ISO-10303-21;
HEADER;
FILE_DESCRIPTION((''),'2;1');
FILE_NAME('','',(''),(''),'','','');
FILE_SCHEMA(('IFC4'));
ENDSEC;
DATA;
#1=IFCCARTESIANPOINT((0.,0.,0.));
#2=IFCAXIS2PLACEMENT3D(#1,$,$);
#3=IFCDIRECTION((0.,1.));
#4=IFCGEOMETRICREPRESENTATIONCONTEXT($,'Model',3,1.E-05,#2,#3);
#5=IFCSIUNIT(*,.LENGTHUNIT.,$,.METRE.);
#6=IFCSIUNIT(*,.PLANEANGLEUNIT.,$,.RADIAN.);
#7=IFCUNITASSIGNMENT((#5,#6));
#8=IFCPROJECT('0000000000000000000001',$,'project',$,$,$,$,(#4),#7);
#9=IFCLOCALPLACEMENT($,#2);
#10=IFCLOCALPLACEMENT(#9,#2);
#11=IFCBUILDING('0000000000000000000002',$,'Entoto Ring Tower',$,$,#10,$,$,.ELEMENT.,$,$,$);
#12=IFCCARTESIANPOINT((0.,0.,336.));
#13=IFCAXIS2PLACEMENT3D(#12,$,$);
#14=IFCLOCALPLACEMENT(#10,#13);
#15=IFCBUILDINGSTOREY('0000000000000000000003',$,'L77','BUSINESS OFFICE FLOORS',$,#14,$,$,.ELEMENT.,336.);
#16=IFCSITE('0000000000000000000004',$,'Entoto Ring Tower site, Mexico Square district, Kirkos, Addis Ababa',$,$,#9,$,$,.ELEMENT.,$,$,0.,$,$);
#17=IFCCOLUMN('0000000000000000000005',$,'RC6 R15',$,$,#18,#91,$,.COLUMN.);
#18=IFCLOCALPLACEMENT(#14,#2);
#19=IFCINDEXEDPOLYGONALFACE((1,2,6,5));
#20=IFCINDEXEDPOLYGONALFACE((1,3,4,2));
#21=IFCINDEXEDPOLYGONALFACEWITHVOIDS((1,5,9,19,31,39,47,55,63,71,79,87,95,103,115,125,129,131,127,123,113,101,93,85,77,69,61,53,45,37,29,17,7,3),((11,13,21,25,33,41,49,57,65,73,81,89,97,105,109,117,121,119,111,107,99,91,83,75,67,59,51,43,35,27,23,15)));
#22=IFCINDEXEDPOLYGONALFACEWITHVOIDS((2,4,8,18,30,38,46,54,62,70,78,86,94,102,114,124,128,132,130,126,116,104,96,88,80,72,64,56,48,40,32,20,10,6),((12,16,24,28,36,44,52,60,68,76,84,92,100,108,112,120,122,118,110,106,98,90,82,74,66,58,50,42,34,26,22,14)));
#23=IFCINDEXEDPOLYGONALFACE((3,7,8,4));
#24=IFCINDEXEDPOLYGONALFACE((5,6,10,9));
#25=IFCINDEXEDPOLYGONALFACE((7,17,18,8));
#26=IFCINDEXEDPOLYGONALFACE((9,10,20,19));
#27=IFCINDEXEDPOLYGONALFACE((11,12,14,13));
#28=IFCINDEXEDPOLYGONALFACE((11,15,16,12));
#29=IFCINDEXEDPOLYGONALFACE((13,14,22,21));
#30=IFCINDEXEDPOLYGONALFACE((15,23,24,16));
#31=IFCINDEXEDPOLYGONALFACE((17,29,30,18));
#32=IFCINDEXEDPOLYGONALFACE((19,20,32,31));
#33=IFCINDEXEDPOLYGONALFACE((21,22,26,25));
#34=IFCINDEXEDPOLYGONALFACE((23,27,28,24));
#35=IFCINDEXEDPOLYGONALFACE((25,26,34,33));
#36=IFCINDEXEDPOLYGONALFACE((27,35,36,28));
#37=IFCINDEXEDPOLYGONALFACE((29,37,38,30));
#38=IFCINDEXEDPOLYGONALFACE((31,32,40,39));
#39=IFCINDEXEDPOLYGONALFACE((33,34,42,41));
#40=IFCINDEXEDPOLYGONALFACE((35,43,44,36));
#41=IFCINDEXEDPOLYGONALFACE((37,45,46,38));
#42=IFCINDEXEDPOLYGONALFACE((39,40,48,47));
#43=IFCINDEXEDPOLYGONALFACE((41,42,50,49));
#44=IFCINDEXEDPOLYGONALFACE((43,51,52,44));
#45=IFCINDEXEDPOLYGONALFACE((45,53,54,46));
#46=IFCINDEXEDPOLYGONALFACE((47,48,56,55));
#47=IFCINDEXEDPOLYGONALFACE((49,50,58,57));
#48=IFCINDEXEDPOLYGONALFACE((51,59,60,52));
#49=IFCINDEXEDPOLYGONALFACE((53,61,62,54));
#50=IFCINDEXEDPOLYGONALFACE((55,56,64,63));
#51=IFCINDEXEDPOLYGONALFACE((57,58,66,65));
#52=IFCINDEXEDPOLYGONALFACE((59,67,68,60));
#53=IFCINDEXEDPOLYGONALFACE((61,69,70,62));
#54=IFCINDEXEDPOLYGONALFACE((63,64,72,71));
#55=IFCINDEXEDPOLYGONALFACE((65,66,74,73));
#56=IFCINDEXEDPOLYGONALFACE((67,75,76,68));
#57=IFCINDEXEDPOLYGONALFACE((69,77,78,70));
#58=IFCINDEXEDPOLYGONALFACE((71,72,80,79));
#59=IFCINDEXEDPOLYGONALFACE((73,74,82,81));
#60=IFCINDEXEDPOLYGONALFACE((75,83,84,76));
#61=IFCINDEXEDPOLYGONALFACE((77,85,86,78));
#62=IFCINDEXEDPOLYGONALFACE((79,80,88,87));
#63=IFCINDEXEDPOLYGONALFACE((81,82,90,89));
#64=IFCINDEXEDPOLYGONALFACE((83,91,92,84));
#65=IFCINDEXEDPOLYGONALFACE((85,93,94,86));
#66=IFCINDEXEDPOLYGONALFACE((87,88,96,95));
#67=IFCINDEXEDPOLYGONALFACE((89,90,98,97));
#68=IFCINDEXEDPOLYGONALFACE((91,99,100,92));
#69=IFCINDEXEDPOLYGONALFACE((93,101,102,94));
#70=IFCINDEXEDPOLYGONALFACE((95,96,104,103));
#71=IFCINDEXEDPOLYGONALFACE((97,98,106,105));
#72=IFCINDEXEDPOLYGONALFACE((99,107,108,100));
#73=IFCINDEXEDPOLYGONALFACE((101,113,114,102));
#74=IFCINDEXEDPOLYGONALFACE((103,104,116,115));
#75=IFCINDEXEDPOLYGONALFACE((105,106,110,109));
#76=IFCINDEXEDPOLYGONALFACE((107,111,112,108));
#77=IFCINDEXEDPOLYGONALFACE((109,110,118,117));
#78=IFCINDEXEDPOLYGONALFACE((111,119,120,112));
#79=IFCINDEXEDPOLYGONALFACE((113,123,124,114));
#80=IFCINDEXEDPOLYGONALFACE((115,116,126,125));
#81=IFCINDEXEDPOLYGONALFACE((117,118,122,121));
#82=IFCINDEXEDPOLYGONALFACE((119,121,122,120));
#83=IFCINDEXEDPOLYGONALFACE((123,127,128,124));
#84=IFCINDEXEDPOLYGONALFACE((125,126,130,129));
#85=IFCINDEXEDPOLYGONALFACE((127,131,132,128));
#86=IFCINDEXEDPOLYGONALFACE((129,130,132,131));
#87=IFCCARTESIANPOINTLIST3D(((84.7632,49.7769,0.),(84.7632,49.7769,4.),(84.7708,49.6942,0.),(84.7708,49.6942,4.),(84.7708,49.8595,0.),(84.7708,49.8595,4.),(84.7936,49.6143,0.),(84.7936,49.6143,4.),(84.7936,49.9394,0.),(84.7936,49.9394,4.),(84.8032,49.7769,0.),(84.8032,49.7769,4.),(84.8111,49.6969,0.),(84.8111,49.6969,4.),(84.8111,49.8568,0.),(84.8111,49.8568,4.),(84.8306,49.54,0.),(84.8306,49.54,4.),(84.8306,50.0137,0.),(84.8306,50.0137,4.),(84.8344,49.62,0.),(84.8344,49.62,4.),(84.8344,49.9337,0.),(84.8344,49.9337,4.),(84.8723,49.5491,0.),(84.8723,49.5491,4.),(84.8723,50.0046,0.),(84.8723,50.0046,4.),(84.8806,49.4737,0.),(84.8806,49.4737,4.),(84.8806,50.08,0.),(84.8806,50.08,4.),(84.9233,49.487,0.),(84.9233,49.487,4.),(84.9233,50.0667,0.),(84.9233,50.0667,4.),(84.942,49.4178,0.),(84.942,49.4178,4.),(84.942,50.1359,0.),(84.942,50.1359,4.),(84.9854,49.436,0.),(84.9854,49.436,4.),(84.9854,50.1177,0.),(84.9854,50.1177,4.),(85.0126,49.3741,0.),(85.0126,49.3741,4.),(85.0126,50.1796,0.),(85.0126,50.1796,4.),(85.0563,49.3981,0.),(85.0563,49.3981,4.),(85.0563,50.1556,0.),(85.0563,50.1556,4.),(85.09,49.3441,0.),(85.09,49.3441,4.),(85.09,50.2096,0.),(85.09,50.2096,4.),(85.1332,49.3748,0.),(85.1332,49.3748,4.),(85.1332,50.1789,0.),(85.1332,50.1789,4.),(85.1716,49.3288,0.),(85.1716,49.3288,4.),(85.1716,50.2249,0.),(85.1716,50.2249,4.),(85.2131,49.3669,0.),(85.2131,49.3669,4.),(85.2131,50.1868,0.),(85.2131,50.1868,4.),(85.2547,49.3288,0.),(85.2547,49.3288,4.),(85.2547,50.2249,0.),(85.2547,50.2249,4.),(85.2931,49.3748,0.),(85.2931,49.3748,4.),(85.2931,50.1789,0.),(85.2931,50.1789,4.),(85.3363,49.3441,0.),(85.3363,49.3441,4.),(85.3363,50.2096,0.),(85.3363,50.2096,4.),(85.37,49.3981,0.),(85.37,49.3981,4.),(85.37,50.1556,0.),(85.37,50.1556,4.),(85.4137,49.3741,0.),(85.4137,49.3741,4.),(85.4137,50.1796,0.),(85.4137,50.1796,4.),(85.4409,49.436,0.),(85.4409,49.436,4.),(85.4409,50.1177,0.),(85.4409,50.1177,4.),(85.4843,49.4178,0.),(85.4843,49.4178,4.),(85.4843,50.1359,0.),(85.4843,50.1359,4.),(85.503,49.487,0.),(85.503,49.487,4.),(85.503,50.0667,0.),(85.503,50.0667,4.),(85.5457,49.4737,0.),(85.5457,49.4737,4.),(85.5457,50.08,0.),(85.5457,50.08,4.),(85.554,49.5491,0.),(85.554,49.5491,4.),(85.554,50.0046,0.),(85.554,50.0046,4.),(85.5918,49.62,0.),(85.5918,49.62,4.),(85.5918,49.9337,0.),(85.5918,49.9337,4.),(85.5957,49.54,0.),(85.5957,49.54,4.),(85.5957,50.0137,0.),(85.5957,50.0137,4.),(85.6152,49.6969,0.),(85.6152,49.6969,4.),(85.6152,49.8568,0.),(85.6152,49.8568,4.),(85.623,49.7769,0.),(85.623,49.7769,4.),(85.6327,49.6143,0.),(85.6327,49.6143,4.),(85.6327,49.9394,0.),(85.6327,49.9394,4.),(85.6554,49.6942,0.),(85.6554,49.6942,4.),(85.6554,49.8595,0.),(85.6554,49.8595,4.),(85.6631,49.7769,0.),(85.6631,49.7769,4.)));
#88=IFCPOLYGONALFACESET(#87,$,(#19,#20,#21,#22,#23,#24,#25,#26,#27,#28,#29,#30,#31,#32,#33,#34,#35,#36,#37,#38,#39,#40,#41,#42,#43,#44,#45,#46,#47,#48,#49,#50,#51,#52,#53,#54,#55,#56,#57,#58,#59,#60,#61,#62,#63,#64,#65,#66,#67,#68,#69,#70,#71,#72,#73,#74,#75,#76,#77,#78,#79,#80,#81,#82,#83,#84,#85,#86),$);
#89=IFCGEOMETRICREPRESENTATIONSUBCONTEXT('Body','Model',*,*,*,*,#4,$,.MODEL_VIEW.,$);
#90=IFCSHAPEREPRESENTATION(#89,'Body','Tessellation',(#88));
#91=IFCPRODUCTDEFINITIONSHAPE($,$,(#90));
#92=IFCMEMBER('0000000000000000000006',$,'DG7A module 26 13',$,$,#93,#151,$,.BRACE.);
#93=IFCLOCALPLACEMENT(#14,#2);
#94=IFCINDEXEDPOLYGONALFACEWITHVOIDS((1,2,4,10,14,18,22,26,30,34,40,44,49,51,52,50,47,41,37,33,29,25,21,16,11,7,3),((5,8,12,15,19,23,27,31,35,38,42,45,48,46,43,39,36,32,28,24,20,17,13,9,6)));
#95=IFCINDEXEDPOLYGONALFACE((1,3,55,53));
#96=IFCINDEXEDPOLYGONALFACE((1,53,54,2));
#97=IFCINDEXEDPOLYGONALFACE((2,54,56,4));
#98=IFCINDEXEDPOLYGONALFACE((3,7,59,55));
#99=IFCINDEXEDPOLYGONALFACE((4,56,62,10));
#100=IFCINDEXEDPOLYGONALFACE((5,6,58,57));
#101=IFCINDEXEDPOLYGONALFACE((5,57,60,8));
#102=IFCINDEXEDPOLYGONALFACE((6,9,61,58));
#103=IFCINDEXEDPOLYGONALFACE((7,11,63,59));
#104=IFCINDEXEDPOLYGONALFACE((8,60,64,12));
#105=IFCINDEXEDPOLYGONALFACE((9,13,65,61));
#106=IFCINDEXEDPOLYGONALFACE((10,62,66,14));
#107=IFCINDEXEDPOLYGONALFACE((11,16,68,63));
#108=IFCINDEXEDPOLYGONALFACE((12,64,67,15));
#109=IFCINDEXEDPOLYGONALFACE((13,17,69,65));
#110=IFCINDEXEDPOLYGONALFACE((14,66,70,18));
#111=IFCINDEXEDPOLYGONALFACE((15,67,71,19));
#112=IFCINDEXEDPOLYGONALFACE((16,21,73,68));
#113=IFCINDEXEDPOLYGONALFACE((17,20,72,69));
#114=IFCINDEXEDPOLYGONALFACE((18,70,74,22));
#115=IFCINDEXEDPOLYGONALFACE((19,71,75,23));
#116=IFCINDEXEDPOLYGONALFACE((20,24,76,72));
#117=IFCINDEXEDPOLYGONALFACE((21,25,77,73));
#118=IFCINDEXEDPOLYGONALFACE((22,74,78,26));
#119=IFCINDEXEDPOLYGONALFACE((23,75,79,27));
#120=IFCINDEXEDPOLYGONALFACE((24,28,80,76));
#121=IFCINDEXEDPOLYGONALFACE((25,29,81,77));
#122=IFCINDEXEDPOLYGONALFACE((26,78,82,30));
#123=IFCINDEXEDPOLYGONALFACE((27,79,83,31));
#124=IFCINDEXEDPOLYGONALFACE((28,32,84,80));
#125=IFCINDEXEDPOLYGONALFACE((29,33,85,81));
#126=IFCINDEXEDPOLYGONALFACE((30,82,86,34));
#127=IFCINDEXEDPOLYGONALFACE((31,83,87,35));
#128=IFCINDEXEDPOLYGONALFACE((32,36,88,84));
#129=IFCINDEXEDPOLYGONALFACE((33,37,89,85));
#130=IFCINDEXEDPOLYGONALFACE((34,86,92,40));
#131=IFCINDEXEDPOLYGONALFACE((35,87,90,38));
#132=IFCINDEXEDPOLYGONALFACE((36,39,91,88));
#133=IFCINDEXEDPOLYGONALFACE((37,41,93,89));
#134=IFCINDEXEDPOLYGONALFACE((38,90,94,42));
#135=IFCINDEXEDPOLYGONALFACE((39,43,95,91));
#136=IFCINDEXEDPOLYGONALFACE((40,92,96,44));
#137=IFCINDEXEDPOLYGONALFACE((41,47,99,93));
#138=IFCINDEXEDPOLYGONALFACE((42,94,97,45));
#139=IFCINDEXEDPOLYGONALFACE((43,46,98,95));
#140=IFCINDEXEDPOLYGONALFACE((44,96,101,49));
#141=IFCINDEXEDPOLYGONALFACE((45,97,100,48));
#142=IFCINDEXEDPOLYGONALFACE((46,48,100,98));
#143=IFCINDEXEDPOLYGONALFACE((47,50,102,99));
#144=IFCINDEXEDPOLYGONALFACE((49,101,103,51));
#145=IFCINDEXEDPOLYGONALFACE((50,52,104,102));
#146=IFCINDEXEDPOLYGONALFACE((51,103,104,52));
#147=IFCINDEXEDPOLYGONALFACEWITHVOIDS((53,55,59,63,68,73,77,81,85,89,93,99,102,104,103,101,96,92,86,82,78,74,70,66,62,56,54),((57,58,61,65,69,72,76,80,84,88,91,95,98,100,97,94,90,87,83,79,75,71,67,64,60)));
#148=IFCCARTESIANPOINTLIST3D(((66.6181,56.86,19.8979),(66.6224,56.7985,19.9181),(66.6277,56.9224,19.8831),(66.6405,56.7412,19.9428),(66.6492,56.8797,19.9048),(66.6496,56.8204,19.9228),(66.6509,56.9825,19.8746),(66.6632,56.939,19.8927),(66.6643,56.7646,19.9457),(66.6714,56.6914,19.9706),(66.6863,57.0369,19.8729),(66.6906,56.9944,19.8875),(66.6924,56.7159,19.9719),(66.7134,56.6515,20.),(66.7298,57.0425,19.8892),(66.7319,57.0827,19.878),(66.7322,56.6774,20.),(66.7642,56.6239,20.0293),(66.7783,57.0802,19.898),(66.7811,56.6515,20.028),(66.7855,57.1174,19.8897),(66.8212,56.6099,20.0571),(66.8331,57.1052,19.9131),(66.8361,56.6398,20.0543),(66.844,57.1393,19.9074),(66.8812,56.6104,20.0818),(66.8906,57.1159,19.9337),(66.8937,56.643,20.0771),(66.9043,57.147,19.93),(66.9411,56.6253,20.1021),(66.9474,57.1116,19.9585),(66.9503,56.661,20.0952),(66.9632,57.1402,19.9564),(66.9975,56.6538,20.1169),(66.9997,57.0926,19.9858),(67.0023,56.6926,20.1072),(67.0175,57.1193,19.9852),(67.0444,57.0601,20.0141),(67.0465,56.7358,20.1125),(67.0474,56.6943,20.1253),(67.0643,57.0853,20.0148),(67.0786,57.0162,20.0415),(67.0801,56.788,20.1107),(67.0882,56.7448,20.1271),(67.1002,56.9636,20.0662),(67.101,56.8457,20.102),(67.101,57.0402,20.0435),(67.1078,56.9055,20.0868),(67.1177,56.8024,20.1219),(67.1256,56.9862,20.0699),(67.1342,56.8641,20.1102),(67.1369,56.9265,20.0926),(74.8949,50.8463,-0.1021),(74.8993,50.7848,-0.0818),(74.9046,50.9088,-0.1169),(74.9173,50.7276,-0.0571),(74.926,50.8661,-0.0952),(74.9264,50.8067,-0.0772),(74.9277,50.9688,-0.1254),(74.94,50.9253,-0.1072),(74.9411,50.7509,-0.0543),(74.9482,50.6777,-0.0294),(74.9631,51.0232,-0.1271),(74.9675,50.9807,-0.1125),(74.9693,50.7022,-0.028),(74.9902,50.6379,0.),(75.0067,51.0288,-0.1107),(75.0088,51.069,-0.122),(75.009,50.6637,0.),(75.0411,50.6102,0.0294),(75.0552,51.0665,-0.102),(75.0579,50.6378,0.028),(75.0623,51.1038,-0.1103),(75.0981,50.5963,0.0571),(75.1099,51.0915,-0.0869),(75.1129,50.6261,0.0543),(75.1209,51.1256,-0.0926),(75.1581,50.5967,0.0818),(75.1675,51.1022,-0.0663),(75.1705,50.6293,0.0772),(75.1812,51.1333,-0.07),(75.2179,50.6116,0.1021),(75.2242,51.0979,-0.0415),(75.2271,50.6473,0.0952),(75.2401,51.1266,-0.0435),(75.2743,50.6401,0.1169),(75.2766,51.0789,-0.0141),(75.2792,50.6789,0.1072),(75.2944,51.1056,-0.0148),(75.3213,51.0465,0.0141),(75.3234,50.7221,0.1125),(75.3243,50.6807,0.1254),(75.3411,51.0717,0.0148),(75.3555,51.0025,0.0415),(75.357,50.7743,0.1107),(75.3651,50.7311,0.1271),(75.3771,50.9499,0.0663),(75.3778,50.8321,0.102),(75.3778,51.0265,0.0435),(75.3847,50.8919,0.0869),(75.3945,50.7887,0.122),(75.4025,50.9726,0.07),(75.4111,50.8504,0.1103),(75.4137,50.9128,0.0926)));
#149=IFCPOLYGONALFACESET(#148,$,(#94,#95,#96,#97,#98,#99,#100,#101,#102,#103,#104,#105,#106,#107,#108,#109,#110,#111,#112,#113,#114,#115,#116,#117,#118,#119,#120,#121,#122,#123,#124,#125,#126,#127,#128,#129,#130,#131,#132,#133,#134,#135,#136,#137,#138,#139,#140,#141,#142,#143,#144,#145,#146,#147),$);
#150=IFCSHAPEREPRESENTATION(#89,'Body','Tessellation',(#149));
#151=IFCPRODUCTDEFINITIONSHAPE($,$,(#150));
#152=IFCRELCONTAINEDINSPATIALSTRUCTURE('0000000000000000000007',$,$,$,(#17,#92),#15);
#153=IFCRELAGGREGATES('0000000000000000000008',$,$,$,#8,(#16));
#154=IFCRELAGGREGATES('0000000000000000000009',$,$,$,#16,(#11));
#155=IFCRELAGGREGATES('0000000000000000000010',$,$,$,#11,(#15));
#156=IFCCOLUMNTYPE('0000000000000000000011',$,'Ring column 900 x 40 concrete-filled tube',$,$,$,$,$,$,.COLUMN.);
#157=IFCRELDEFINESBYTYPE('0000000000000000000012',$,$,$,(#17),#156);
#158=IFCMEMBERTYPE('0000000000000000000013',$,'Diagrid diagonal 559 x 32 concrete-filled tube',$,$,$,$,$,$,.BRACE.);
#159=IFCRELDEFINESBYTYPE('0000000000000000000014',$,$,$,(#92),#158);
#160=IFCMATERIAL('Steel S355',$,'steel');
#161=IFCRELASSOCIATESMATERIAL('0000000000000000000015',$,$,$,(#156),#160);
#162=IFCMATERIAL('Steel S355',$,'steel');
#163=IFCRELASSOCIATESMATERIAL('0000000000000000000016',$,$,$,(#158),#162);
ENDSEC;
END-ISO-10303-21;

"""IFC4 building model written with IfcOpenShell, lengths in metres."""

from ifc_helpers import new_model, si_unit, direction, frame, origin, origin_2d, place, context, subcontext, project, spatial, circle, hollow_circle, extrude, material, material_profile, profile_set, type_object, element, save


model = new_model("IFC4")

# Units and contexts
model_context = context("Model", 3, precision=1e-05, world=origin(), true_north=direction((0.0, 1.0)))
body_context = subcontext(model_context, "Body", "Model", "MODEL_VIEW")
ifc_project = project(units=[si_unit("LENGTHUNIT", "METRE"), si_unit("PLANEANGLEUNIT", "RADIAN")], contexts=[model_context])

# Site, building, storey
site_placement = place(None, origin())
site = spatial("IfcSite", under=ifc_project, at=site_placement, Name="Entoto Ring Tower site, Mexico Square district, Kirkos, Addis Ababa", CompositionType="ELEMENT", RefElevation=0.0)
building_placement = place(site_placement, origin())
building = spatial("IfcBuilding", under=site, at=building_placement, Name="Entoto Ring Tower", CompositionType="ELEMENT")
storey_placement = place(building_placement, frame((0.0, 0.0, 336.0)))
storey = spatial("IfcBuildingStorey", under=building, at=storey_placement, Name="L77", Description="BUSINESS OFFICE FLOORS", CompositionType="ELEMENT", Elevation=336.0)

# Column
ifc_material_1 = material(Name="Steel S355", Category="steel")
ifc_material_profile_1 = material_profile(ifc_material_1, hollow_circle(Radius=0.45, WallThickness=0.04, at=origin_2d()), Name="CHS 900 x 40")
ifc_material_2 = material(Name="Concrete C60/75", Category="concrete")
ifc_material_profile_2 = material_profile(ifc_material_2, circle(Radius=0.4099, at=origin_2d()), Name="Concrete C60/75 infill")
ifc_profile_set_1 = profile_set([ifc_material_profile_1, ifc_material_profile_2], Name="Steel S355")
column_type = type_object("IfcColumnType", Name="Ring column 900 x 40 concrete-filled tube", PredefinedType="COLUMN", material=ifc_profile_set_1)
for number, where, z_axis, x_axis, name in (
    (1, (85.2131, 49.7769, 0.0), (0.0, 0.0, 1.0), (1.0, 0.0, 0.0), "RC6 R15"),
):
    element("IfcColumn", number, at=place(storey_placement, frame(where, z_axis=z_axis, x_axis=x_axis)), inside=storey, type_object=column_type, Name=name, PredefinedType="COLUMN", context=body_context, shape_type="SweptSolid", body=[
        extrude(hollow_circle(Radius=0.45, WallThickness=0.04, at=origin_2d()), origin(), (0.0, 0.0, 1.0), 4.0),
    ])

# Member
ifc_material_3 = material(Name="Steel S355", Category="steel")
ifc_material_profile_3 = material_profile(ifc_material_3, hollow_circle(Radius=0.2795, WallThickness=0.032, at=origin_2d()), Name="CHS 559 x 32")
ifc_material_4 = material(Name="Concrete C60/75", Category="concrete")
ifc_material_profile_4 = material_profile(ifc_material_4, circle(Radius=0.2476, at=origin_2d()), Name="Concrete C60/75 infill")
ifc_profile_set_2 = profile_set([ifc_material_profile_3, ifc_material_profile_4], Name="Steel S355")
member_type_1 = type_object("IfcMemberType", Name="Diagrid diagonal 559 x 32 concrete-filled tube", PredefinedType="BRACE", material=ifc_profile_set_2)
for number, where, z_axis, x_axis, name in (
    (2, (75.1545, 50.864, 0.0), (-0.368435, 0.267692, 0.890279), (-0.587797, -0.809008, 0.0), "DG7A module 26 13"),
):
    element("IfcMember", number, at=place(storey_placement, frame(where, z_axis=z_axis, x_axis=x_axis)), inside=storey, type_object=member_type_1, Name=name, PredefinedType="BRACE", context=body_context, shape_type="SweptSolid", body=[
        extrude(hollow_circle(Radius=0.2795, WallThickness=0.032, at=origin_2d()), origin(), (0.0, 0.0, 1.0), 22.4648),
    ])

save(model, "model.ifc")
